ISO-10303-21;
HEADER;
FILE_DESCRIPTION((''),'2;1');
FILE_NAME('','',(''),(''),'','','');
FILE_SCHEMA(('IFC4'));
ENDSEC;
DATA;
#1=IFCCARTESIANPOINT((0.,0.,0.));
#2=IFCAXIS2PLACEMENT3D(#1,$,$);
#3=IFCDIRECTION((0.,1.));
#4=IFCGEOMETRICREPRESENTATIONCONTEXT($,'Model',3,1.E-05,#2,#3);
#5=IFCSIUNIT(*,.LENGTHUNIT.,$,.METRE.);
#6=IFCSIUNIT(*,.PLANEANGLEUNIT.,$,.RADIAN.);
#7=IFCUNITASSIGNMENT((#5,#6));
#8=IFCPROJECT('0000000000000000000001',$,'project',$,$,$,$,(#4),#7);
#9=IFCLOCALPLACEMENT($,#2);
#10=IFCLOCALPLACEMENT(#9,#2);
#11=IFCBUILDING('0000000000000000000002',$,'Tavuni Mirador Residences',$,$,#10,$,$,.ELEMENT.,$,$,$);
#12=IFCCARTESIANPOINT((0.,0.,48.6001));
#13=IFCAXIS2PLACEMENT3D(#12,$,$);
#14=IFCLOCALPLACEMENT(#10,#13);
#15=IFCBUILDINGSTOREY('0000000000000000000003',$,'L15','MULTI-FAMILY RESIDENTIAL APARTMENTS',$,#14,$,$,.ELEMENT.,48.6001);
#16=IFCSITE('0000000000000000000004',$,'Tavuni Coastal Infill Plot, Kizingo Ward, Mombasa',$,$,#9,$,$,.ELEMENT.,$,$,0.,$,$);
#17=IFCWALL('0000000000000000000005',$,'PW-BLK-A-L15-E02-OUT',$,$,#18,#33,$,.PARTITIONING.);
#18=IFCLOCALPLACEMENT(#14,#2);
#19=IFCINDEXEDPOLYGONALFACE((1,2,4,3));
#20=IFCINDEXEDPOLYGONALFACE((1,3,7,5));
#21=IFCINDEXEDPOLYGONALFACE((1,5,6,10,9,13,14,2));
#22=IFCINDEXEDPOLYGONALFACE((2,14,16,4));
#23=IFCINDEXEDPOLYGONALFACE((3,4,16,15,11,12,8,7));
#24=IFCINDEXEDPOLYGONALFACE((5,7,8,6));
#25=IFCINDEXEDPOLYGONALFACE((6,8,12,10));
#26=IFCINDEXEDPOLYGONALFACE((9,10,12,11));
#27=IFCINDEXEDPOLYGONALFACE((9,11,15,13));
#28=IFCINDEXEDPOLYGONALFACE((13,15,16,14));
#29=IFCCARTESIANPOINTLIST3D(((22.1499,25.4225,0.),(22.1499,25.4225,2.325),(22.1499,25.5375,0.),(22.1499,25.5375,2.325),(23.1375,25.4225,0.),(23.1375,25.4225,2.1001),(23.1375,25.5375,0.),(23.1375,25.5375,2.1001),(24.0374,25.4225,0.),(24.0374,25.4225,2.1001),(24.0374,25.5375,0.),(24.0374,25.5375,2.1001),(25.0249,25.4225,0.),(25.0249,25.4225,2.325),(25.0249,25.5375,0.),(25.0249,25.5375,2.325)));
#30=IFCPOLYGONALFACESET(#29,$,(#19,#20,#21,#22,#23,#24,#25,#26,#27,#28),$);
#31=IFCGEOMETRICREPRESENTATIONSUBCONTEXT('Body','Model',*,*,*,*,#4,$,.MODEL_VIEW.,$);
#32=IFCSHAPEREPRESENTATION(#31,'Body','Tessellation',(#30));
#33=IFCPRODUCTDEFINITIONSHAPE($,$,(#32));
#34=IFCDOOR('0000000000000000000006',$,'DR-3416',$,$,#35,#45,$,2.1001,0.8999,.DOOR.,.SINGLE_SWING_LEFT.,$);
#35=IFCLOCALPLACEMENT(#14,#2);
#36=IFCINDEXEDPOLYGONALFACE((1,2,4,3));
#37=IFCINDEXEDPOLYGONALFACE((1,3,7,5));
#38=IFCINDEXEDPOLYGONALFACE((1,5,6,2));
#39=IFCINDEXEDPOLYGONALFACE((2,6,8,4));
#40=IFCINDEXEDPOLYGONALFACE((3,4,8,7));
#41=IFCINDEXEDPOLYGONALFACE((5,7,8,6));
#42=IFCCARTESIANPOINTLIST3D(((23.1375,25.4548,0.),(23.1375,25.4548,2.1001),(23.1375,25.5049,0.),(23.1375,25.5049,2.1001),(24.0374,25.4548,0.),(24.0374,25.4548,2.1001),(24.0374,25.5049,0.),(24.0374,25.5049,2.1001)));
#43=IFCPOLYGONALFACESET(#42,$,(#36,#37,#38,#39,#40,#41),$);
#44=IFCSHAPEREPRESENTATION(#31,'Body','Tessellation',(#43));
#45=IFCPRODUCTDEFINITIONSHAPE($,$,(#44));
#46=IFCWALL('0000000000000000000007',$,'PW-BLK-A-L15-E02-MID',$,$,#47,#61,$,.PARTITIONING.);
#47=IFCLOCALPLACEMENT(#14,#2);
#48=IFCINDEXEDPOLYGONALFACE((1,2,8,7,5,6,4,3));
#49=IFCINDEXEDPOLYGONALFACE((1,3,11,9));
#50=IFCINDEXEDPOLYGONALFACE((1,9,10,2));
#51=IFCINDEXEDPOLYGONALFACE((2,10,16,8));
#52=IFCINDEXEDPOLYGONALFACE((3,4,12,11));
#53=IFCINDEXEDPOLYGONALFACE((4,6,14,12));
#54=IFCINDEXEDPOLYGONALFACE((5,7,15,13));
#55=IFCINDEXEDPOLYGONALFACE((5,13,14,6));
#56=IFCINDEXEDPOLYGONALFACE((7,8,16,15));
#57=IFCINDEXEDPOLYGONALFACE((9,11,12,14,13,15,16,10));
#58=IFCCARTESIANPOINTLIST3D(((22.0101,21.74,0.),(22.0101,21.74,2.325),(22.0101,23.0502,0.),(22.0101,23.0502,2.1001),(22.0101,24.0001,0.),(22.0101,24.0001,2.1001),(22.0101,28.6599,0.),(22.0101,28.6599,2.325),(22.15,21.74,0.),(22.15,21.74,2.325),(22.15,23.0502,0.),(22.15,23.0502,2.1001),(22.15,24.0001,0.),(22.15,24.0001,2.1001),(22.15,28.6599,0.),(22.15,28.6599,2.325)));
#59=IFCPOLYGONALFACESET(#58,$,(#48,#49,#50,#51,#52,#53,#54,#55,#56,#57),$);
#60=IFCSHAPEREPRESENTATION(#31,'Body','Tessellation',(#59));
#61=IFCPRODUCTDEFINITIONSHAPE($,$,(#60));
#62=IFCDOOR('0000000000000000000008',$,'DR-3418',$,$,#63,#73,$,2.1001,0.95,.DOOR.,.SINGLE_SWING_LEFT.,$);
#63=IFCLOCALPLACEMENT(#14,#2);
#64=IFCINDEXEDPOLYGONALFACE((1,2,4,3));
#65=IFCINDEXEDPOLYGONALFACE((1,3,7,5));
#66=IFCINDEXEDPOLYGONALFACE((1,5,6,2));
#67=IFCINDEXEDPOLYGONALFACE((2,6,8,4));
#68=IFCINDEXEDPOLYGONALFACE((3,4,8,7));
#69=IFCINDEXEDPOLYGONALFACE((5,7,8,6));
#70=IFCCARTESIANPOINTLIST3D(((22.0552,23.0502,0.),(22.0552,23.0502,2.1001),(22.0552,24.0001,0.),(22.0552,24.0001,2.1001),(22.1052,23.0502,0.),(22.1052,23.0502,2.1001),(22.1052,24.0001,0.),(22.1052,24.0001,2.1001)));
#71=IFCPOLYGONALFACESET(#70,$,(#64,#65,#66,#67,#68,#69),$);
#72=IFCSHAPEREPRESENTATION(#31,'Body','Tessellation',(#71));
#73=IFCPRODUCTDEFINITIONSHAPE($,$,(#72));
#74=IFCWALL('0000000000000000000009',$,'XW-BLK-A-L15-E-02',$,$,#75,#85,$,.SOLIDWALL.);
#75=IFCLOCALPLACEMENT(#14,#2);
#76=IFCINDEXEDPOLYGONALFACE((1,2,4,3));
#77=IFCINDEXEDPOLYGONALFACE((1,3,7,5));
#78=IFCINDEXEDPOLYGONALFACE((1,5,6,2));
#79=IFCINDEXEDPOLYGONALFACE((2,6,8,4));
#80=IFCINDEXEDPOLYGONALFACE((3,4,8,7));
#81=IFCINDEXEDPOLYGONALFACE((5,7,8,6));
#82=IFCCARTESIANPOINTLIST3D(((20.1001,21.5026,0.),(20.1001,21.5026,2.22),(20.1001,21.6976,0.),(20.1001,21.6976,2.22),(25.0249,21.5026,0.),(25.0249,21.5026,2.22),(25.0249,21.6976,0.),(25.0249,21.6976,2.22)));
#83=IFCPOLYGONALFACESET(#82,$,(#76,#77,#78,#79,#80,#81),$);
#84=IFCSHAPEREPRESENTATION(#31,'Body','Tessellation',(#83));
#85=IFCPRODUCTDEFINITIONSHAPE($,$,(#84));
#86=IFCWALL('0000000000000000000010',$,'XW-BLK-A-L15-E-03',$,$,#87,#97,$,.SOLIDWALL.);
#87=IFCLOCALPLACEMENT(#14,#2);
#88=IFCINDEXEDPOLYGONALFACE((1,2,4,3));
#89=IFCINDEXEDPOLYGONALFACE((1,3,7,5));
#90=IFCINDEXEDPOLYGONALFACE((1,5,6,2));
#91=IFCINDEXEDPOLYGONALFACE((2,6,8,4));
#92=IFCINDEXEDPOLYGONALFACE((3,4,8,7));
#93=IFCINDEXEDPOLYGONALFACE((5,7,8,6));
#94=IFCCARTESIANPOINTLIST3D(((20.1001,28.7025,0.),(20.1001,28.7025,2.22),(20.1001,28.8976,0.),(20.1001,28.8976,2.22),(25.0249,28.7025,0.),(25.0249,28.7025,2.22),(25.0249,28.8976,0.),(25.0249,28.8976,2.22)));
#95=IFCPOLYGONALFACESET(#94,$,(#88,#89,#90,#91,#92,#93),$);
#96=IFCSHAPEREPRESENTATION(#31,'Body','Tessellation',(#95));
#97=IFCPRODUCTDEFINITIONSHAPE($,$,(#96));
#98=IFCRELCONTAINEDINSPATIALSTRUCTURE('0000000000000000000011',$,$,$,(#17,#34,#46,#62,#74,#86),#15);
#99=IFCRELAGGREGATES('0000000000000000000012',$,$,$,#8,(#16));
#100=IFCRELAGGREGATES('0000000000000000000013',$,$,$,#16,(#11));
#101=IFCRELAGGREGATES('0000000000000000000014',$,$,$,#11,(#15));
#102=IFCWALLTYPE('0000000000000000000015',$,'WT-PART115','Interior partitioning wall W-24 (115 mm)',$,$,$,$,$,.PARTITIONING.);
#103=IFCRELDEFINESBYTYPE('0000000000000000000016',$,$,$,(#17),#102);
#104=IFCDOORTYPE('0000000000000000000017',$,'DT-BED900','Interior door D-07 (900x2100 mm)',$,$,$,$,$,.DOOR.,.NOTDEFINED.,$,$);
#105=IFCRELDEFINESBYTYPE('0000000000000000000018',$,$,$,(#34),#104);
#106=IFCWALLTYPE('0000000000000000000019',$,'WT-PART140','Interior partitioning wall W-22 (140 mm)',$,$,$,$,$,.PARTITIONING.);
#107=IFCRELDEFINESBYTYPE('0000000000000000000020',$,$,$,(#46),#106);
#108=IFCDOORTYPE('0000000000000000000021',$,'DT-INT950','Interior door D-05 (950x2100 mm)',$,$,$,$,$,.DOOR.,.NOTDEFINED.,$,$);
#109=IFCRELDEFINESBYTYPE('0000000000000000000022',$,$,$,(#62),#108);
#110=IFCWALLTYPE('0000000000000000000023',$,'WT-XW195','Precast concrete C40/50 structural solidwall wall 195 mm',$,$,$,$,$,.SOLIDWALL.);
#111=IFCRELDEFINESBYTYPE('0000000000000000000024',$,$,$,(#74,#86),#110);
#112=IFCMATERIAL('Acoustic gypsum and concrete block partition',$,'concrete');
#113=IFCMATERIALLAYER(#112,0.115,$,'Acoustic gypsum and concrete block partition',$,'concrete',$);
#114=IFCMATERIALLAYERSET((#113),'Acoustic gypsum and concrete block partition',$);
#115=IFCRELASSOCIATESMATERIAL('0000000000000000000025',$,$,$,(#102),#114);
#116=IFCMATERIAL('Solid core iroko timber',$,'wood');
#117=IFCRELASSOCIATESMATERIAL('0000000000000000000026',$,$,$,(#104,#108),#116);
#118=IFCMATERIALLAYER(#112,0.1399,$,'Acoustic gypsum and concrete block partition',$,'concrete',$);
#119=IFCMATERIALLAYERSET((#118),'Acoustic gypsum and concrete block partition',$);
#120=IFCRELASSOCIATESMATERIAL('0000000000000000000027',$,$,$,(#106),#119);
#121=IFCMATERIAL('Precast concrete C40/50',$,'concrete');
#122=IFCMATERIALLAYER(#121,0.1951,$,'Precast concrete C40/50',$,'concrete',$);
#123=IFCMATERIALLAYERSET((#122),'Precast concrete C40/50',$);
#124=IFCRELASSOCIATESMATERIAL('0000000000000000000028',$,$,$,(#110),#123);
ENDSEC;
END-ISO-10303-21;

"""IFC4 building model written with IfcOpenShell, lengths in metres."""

from ifc_helpers import new_model, si_unit, direction, frame, frame_2d, origin, place, context, subcontext, project, spatial, rectangle, extrude, material, layer, layer_set, type_object, element, fill, save


model = new_model("IFC4")

# Units and contexts
model_context = context("Model", 3, precision=1e-05, world=origin(), true_north=direction((0.0, 1.0)))
body_context = subcontext(model_context, "Body", "Model", "MODEL_VIEW")
ifc_project = project(units=[si_unit("LENGTHUNIT", "METRE"), si_unit("PLANEANGLEUNIT", "RADIAN")], contexts=[model_context])

# Site, building, storey
site_placement = place(None, origin())
site = spatial("IfcSite", under=ifc_project, at=site_placement, Name="Tavuni Coastal Infill Plot, Kizingo Ward, Mombasa", CompositionType="ELEMENT", RefElevation=0.0)
building_placement = place(site_placement, origin())
building = spatial("IfcBuilding", under=site, at=building_placement, Name="Tavuni Mirador Residences", CompositionType="ELEMENT")
storey_placement = place(building_placement, frame((0.0, 0.0, 48.6001)))
storey = spatial("IfcBuildingStorey", under=building, at=storey_placement, Name="L15", Description="MULTI-FAMILY RESIDENTIAL APARTMENTS", CompositionType="ELEMENT", Elevation=48.6001)

# Shared definitions
ifc_material_1 = material(Name="Precast concrete C40/50", Category="concrete")

# Shared definitions
ifc_material_2 = material(Name="Solid core iroko timber", Category="wood")

# Walls, openings, doors
ifc_material_3 = material(Name="Acoustic gypsum and concrete block partition", Category="concrete")
ifc_layer_1 = layer(ifc_material_3, 0.115, Name="Acoustic gypsum and concrete block partition", Category="concrete")
ifc_layer_set_1 = layer_set([ifc_layer_1], Name="Acoustic gypsum and concrete block partition")
wall_type_1 = type_object("IfcWallType", Name="WT-PART115", Description="Interior partitioning wall W-24 (115 mm)", PredefinedType="PARTITIONING", material=ifc_layer_set_1)
wall_1_placement = place(storey_placement, frame((22.1499, 25.48, 0.0), z_axis=(0.0, 0.0, 1.0), x_axis=(1.0, 0.0, 0.0)))
wall_1 = element("IfcWall", 1, at=wall_1_placement, inside=storey, type_object=wall_type_1, Name="PW-BLK-A-L15-E02-OUT", PredefinedType="PARTITIONING", context=body_context, shape_type="SweptSolid", body=[
    extrude(rectangle(XDim=2.875, YDim=0.115, at=frame_2d((1.4375, 0.0))), origin(), (0.0, 0.0, 1.0), 2.325),
])
opening_1_placement = place(wall_1_placement, frame((0.9875, 0.0, 0.0)))
opening_1 = element("IfcOpeningElement", 2, at=opening_1_placement, cuts=wall_1, PredefinedType="OPENING", context=body_context, shape_type="SweptSolid", body=[
    extrude(rectangle(XDim=0.8999, YDim=2.1001, at=frame_2d((0.45, 1.05))), frame((0.0, 0.0674, 0.0), z_axis=(0.0, -1.0, 0.0), x_axis=(1.0, 0.0, 0.0)), (0.0, 0.0, 1.0), 0.135),
])
door_type_1 = type_object("IfcDoorType", Name="DT-BED900", Description="Interior door D-07 (900x2100 mm)", OperationType="NOTDEFINED", PredefinedType="DOOR", material=ifc_material_2)
door_1_placement = place(opening_1_placement, origin())
door_1 = element("IfcDoor", 3, at=door_1_placement, inside=storey, type_object=door_type_1, Name="DR-3416", OperationType="SINGLE_SWING_LEFT", OverallHeight=2.1001, OverallWidth=0.8999, PredefinedType="DOOR", context=body_context, shape_type="SweptSolid", body=[
    extrude(rectangle(XDim=0.8999, YDim=2.1001, at=frame_2d((0.45, 1.05))), frame((0.0, 0.0249, 0.0), z_axis=(0.0, -1.0, 0.0), x_axis=(1.0, 0.0, 0.0)), (0.0, 0.0, 1.0), 0.05),
])
fill(opening_1, door_1)
ifc_layer_2 = layer(ifc_material_3, 0.1399, Name="Acoustic gypsum and concrete block partition", Category="concrete")
ifc_layer_set_2 = layer_set([ifc_layer_2], Name="Acoustic gypsum and concrete block partition")
wall_type_2 = type_object("IfcWallType", Name="WT-PART140", Description="Interior partitioning wall W-22 (140 mm)", PredefinedType="PARTITIONING", material=ifc_layer_set_2)
wall_2_placement = place(storey_placement, frame((22.0801, 21.74, 0.0), z_axis=(0.0, 0.0, 1.0), x_axis=(0.0, 1.0, 0.0)))
wall_2 = element("IfcWall", 4, at=wall_2_placement, inside=storey, type_object=wall_type_2, Name="PW-BLK-A-L15-E02-MID", PredefinedType="PARTITIONING", context=body_context, shape_type="SweptSolid", body=[
    extrude(rectangle(XDim=6.9199, YDim=0.1399, at=frame_2d((3.46, 0.0))), origin(), (0.0, 0.0, 1.0), 2.325),
])
opening_2_placement = place(wall_2_placement, frame((1.3101, 0.0, 0.0)))
opening_2 = element("IfcOpeningElement", 5, at=opening_2_placement, cuts=wall_2, PredefinedType="OPENING", context=body_context, shape_type="SweptSolid", body=[
    extrude(rectangle(XDim=0.95, YDim=2.1001, at=frame_2d((0.4751, 1.05))), frame((0.0, 0.0801, 0.0), z_axis=(0.0, -1.0, 0.0), x_axis=(1.0, 0.0, 0.0)), (0.0, 0.0, 1.0), 0.1599),
])
door_type_2 = type_object("IfcDoorType", Name="DT-INT950", Description="Interior door D-05 (950x2100 mm)", OperationType="NOTDEFINED", PredefinedType="DOOR", material=ifc_material_2)
door_2_placement = place(opening_2_placement, origin())
door_2 = element("IfcDoor", 6, at=door_2_placement, inside=storey, type_object=door_type_2, Name="DR-3418", OperationType="SINGLE_SWING_LEFT", OverallHeight=2.1001, OverallWidth=0.95, PredefinedType="DOOR", context=body_context, shape_type="SweptSolid", body=[
    extrude(rectangle(XDim=0.95, YDim=2.1001, at=frame_2d((0.4751, 1.05))), frame((0.0, 0.0249, 0.0), z_axis=(0.0, -1.0, 0.0), x_axis=(1.0, 0.0, 0.0)), (0.0, 0.0, 1.0), 0.05),
])
fill(opening_2, door_2)

# Walls
ifc_layer_3 = layer(ifc_material_1, 0.1951, Name="Precast concrete C40/50", Category="concrete")
ifc_layer_set_3 = layer_set([ifc_layer_3], Name="Precast concrete C40/50")
wall_type_3 = type_object("IfcWallType", Name="WT-XW195", Description="Precast concrete C40/50 structural solidwall wall 195 mm", PredefinedType="SOLIDWALL", material=ifc_layer_set_3)
for number, where, z_axis, x_axis, name in (
    (7, (20.1001, 21.6001, 0.0), (0.0, 0.0, 1.0), (1.0, 0.0, 0.0), "XW-BLK-A-L15-E-02"),
    (8, (20.1001, 28.8, 0.0), (0.0, 0.0, 1.0), (1.0, 0.0, 0.0), "XW-BLK-A-L15-E-03"),
):
    element("IfcWall", number, at=place(storey_placement, frame(where, z_axis=z_axis, x_axis=x_axis)), inside=storey, type_object=wall_type_3, Name=name, PredefinedType="SOLIDWALL", context=body_context, shape_type="SweptSolid", body=[
        extrude(rectangle(XDim=4.9248, YDim=0.1951, at=frame_2d((2.4624, 0.0))), origin(), (0.0, 0.0, 1.0), 2.22),
    ])

save(model, "model.ifc")
